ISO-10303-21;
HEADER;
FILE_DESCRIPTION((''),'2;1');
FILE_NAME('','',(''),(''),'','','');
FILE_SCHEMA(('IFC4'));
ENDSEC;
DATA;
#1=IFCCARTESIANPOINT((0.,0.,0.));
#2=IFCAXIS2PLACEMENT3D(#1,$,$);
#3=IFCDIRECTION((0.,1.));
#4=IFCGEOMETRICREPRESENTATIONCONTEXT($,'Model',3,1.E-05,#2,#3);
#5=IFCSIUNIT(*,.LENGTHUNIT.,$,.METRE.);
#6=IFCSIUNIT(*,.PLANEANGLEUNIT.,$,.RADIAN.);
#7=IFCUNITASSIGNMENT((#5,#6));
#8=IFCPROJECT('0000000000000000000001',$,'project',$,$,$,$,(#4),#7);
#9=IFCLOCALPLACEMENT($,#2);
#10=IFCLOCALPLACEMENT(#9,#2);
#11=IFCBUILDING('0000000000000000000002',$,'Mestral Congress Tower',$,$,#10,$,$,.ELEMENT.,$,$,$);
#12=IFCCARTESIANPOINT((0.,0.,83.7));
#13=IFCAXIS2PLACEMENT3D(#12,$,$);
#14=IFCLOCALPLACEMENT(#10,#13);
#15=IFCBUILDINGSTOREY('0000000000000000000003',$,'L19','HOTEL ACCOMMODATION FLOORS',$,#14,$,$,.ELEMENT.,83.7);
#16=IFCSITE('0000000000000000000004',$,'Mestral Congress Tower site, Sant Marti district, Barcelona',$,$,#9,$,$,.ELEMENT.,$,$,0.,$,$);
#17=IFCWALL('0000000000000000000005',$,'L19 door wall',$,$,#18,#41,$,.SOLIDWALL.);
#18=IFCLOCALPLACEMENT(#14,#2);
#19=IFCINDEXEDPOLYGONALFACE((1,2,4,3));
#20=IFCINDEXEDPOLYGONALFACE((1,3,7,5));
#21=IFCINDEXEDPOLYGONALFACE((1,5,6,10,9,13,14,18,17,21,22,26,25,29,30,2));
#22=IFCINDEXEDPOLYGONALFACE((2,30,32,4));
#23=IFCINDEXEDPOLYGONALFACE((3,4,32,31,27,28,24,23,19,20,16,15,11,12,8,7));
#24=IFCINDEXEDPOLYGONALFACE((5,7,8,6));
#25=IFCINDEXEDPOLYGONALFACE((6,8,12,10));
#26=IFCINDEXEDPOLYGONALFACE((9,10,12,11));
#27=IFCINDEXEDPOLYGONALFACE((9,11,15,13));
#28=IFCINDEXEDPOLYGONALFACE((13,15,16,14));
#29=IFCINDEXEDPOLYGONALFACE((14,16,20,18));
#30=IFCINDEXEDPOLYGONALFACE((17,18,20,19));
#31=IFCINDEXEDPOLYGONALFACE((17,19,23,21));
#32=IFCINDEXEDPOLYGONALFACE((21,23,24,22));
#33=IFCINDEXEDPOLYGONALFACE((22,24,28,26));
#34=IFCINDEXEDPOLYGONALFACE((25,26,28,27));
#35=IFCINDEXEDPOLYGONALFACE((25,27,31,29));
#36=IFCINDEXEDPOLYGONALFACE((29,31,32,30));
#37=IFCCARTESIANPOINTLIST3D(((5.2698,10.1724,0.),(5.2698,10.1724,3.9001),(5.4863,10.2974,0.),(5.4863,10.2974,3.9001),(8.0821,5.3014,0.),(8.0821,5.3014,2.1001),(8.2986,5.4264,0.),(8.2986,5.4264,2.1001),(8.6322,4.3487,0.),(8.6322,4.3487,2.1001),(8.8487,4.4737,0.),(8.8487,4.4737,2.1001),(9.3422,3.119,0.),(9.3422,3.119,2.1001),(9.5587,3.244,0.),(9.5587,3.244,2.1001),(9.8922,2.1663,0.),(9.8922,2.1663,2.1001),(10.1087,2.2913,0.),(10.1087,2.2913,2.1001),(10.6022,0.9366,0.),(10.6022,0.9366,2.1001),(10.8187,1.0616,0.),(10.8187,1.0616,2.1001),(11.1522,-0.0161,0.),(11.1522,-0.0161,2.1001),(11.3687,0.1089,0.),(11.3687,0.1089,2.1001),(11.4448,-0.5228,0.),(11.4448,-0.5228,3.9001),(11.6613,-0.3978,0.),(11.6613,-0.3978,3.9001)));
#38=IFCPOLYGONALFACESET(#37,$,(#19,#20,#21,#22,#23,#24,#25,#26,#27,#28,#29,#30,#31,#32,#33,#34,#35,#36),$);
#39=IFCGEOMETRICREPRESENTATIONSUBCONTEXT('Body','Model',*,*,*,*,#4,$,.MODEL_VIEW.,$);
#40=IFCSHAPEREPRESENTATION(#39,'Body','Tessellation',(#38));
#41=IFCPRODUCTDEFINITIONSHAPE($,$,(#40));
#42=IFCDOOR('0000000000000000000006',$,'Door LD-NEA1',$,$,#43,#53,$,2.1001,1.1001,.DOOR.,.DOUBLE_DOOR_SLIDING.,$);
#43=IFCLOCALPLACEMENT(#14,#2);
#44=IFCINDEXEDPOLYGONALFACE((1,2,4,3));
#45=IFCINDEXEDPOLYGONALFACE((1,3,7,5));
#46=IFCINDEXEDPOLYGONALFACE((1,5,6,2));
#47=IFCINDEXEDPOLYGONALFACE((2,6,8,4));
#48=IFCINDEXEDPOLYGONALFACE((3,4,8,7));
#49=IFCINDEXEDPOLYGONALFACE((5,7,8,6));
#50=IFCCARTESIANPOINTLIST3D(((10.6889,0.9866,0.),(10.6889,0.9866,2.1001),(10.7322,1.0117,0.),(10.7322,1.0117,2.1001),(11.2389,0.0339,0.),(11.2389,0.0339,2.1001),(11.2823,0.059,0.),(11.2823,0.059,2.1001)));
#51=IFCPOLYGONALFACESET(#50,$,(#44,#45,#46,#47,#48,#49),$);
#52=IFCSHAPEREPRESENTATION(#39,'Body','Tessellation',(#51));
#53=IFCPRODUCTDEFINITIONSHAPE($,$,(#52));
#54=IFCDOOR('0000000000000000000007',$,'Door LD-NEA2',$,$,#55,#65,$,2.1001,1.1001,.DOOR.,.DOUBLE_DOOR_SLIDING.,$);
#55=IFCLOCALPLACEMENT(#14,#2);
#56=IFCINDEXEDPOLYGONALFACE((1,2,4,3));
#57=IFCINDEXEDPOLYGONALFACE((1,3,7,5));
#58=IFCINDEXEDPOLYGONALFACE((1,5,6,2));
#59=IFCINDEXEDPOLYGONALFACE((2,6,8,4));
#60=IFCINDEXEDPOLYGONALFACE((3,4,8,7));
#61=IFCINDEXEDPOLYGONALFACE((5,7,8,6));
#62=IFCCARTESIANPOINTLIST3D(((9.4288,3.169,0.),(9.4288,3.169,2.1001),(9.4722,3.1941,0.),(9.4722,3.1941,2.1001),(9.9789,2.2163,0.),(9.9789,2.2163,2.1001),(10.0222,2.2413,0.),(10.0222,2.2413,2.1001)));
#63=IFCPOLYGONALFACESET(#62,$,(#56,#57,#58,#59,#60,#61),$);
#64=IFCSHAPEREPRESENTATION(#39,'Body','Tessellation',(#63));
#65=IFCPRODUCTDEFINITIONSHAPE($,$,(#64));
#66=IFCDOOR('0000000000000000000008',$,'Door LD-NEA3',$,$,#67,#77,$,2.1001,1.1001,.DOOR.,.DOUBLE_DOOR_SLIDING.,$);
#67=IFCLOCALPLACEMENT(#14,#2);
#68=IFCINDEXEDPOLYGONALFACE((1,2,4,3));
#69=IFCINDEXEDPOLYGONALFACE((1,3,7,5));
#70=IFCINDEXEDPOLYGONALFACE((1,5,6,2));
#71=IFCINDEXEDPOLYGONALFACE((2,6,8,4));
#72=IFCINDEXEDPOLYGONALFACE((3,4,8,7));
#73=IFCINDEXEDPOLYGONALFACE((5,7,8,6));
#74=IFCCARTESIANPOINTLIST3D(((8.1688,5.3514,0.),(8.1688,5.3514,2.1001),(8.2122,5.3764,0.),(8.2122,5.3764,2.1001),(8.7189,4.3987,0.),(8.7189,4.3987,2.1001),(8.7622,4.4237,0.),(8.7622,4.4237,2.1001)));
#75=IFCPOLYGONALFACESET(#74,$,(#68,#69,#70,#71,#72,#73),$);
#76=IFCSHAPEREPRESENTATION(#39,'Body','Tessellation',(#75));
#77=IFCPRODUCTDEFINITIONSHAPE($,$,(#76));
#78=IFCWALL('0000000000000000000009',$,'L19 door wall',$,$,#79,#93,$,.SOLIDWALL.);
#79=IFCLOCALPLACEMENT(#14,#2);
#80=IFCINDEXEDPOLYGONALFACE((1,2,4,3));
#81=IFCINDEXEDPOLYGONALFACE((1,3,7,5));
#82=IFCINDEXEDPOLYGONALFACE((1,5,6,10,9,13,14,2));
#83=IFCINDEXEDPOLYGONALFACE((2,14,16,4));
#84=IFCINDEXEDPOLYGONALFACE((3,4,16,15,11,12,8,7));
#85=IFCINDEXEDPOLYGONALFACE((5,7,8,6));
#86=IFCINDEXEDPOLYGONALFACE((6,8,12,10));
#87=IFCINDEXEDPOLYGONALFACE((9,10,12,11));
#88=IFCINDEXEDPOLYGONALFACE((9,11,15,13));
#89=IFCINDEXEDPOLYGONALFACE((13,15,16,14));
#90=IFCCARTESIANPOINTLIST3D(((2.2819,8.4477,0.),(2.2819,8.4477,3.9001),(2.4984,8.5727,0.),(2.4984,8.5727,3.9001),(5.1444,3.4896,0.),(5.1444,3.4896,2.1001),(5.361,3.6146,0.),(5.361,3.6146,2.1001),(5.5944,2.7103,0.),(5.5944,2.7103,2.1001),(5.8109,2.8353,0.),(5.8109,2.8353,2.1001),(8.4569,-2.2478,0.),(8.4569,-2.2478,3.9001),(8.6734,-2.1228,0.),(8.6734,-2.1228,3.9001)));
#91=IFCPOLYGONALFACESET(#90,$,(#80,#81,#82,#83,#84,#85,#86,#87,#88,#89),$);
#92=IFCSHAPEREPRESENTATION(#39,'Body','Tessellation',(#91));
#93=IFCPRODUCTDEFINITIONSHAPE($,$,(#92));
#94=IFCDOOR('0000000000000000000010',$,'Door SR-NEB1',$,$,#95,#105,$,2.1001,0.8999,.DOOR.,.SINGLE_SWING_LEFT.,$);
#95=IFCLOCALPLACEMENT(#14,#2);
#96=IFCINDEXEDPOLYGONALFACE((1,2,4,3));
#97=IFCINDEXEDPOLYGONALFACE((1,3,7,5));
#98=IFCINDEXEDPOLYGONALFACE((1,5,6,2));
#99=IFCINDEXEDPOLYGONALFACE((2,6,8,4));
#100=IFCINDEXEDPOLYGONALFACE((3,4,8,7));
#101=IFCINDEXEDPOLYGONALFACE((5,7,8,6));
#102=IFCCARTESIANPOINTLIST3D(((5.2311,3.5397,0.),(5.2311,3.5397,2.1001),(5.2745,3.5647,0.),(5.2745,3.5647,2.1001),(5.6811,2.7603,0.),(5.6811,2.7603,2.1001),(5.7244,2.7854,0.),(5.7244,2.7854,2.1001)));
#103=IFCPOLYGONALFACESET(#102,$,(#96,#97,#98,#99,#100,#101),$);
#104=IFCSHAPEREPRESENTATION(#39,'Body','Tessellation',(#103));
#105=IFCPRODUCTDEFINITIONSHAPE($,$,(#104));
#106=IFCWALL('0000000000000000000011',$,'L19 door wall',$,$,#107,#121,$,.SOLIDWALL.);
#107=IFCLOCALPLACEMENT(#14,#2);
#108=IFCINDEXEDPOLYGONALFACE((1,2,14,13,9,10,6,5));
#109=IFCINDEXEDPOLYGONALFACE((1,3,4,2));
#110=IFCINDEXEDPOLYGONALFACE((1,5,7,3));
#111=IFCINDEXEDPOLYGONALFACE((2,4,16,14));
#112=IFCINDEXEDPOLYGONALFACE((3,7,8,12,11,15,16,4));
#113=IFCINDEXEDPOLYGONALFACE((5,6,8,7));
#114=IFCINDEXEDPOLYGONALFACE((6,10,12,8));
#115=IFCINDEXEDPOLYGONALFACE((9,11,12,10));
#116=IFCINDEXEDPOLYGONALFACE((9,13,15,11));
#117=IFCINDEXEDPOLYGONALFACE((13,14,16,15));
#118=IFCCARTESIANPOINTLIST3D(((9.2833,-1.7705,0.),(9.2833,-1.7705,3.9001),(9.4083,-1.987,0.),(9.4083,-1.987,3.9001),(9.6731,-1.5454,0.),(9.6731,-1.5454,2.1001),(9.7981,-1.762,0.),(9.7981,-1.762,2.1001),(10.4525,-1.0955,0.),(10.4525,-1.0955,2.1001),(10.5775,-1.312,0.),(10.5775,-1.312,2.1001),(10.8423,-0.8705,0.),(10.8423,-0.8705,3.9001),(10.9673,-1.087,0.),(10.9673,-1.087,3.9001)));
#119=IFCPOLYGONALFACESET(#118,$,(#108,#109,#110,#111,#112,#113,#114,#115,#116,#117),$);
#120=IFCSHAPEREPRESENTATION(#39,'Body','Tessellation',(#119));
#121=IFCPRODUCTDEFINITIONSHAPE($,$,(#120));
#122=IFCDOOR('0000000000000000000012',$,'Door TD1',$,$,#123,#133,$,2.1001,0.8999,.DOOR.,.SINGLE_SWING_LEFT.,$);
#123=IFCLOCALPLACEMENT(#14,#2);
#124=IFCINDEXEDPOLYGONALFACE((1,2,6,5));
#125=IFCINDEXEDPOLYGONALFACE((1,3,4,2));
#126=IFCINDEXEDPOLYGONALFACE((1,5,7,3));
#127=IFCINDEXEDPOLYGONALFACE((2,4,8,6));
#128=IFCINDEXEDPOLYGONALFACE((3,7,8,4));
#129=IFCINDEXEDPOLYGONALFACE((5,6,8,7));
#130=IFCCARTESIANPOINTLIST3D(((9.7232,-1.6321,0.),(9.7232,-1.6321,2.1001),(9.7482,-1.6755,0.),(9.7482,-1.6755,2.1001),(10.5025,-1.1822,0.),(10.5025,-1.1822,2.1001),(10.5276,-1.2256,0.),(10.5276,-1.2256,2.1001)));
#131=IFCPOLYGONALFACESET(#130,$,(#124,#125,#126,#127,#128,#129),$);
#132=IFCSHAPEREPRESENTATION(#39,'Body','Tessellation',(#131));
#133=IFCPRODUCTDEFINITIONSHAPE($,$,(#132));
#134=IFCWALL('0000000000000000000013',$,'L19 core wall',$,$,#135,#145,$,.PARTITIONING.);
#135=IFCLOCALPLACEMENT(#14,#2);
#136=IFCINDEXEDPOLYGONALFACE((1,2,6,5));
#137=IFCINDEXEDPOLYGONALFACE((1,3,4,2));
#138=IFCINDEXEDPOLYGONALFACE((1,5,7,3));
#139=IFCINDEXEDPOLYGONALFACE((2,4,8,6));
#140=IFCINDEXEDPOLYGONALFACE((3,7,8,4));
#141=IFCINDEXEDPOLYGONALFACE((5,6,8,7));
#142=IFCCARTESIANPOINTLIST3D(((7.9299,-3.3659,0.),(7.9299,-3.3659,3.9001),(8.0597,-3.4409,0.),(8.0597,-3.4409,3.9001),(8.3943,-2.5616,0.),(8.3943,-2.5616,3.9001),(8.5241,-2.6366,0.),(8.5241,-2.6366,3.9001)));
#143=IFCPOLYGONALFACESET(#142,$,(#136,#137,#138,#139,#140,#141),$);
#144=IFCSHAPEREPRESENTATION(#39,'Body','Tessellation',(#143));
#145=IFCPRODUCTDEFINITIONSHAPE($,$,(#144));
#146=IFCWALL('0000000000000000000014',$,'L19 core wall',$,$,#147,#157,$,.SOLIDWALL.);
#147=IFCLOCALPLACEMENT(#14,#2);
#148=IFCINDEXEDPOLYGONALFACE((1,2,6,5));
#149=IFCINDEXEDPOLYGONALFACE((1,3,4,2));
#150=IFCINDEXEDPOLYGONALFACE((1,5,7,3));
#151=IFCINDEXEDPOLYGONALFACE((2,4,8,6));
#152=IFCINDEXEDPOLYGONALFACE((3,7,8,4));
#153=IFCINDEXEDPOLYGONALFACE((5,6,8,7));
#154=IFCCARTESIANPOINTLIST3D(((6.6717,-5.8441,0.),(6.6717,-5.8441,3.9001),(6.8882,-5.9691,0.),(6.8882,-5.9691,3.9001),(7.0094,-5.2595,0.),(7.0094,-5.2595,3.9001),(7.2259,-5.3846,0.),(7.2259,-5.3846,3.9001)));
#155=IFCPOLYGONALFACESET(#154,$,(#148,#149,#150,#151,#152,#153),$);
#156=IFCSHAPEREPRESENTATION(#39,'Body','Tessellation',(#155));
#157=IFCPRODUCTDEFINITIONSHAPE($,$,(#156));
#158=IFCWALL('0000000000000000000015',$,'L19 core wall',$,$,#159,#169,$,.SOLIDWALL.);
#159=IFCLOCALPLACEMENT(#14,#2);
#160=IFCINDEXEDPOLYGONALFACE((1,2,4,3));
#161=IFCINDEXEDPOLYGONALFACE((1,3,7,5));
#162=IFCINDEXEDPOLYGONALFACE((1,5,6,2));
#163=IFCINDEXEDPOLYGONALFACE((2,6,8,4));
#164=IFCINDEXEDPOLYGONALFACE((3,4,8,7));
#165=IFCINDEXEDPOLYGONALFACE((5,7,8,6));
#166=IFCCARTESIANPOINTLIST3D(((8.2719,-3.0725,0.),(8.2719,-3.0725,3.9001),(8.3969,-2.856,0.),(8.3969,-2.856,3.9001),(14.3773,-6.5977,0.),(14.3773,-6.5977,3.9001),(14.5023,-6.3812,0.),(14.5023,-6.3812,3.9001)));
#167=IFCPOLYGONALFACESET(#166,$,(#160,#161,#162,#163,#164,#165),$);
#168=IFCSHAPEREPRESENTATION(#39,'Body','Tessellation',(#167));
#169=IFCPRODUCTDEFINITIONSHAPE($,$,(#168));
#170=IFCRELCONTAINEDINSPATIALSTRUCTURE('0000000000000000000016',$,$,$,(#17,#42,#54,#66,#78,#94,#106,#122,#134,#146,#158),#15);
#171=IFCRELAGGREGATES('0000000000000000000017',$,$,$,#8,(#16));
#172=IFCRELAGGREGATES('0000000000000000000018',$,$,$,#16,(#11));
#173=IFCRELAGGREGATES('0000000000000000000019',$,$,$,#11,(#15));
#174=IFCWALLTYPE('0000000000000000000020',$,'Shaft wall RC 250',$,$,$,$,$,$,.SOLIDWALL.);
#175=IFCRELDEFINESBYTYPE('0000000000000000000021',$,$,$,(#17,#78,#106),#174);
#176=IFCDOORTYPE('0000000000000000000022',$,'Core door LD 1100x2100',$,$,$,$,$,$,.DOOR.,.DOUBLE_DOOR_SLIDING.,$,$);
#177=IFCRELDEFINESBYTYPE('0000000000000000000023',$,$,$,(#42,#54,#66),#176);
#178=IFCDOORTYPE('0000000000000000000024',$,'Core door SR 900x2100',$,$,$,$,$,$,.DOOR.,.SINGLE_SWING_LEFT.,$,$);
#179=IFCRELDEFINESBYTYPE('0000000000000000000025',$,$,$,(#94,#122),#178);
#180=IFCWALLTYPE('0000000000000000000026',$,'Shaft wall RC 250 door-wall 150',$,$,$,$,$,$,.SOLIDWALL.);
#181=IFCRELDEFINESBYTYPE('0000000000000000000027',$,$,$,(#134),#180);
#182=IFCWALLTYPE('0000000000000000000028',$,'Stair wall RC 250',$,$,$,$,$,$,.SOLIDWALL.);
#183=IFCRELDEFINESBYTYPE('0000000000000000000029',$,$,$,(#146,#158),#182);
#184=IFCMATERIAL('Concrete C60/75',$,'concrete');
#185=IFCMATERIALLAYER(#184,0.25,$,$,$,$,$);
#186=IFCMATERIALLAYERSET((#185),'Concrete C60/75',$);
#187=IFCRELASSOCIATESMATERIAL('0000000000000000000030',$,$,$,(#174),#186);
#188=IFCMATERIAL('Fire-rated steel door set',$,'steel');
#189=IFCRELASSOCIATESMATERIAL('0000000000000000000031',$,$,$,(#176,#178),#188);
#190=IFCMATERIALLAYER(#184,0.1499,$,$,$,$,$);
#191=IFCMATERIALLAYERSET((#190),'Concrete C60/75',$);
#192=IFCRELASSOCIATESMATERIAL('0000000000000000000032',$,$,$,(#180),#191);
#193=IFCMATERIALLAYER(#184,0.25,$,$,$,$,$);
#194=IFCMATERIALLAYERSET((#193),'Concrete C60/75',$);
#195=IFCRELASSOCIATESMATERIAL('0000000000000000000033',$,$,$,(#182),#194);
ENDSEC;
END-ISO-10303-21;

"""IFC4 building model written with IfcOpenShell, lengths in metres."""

from ifc_helpers import new_model, si_unit, direction, frame, frame_2d, origin, place, context, subcontext, project, spatial, rectangle, extrude, material, layer, layer_set, type_object, element, fill, save


model = new_model("IFC4")

# Units and contexts
model_context = context("Model", 3, precision=1e-05, world=origin(), true_north=direction((0.0, 1.0)))
body_context = subcontext(model_context, "Body", "Model", "MODEL_VIEW")
ifc_project = project(units=[si_unit("LENGTHUNIT", "METRE"), si_unit("PLANEANGLEUNIT", "RADIAN")], contexts=[model_context])

# Site, building, storey
site_placement = place(None, origin())
site = spatial("IfcSite", under=ifc_project, at=site_placement, Name="Mestral Congress Tower site, Sant Marti district, Barcelona", CompositionType="ELEMENT", RefElevation=0.0)
building_placement = place(site_placement, origin())
building = spatial("IfcBuilding", under=site, at=building_placement, Name="Mestral Congress Tower", CompositionType="ELEMENT")
storey_placement = place(building_placement, frame((0.0, 0.0, 83.7)))
storey = spatial("IfcBuildingStorey", under=building, at=storey_placement, Name="L19", Description="HOTEL ACCOMMODATION FLOORS", CompositionType="ELEMENT", Elevation=83.7)

# Shared definitions
ifc_material_1 = material(Name="Fire-rated steel door set", Category="steel")

# Shared definitions
ifc_material_2 = material(Name="Concrete C60/75", Category="concrete")
ifc_layer_1 = layer(ifc_material_2, 0.25)
ifc_layer_set_1 = layer_set([ifc_layer_1], Name="Concrete C60/75")
wall_type_1 = type_object("IfcWallType", Name="Shaft wall RC 250", PredefinedType="SOLIDWALL", material=ifc_layer_set_1)

# Wall, openings, doors
wall_1_placement = place(storey_placement, frame((11.553, -0.4602, 0.0), z_axis=(0.0, 0.0, 1.0), x_axis=(-0.500007, 0.866022, 0.0)))
wall_1 = element("IfcWall", 1, at=wall_1_placement, inside=storey, type_object=wall_type_1, Name="L19 door wall", PredefinedType="SOLIDWALL", context=body_context, shape_type="SweptSolid", body=[
    extrude(rectangle(XDim=12.3499, YDim=0.25, at=frame_2d((6.1748, 0.0))), origin(), (0.0, 0.0, 1.0), 3.9001),
])
opening_1_placement = place(wall_1_placement, frame((0.585, 0.0, 0.0)))
opening_1 = element("IfcOpeningElement", 2, at=opening_1_placement, cuts=wall_1, PredefinedType="OPENING", context=body_context, shape_type="SweptSolid", body=[
    extrude(rectangle(XDim=1.1001, YDim=2.1001, at=frame_2d((0.55, 1.05))), frame((0.0, 0.135, 0.0), z_axis=(0.0, -1.0, 0.0), x_axis=(1.0, 0.0, 0.0)), (0.0, 0.0, 1.0), 0.27),
])
opening_2_placement = place(wall_1_placement, frame((3.105, 0.0, 0.0)))
opening_2 = element("IfcOpeningElement", 3, at=opening_2_placement, cuts=wall_1, PredefinedType="OPENING", context=body_context, shape_type="SweptSolid", body=[
    extrude(rectangle(XDim=1.1001, YDim=2.1001, at=frame_2d((0.55, 1.05))), frame((0.0, 0.135, 0.0), z_axis=(0.0, -1.0, 0.0), x_axis=(1.0, 0.0, 0.0)), (0.0, 0.0, 1.0), 0.27),
])
opening_3_placement = place(wall_1_placement, frame((5.625, 0.0, 0.0)))
opening_3 = element("IfcOpeningElement", 4, at=opening_3_placement, cuts=wall_1, PredefinedType="OPENING", context=body_context, shape_type="SweptSolid", body=[
    extrude(rectangle(XDim=1.1001, YDim=2.1001, at=frame_2d((0.55, 1.05))), frame((0.0, 0.135, 0.0), z_axis=(0.0, -1.0, 0.0), x_axis=(1.0, 0.0, 0.0)), (0.0, 0.0, 1.0), 0.27),
])
door_type_1 = type_object("IfcDoorType", Name="Core door LD 1100x2100", OperationType="DOUBLE_DOOR_SLIDING", PredefinedType="DOOR", material=ifc_material_1)
door_1_placement = place(opening_1_placement, origin())
door_1 = element("IfcDoor", 5, at=door_1_placement, inside=storey, type_object=door_type_1, Name="Door LD-NEA1", OperationType="DOUBLE_DOOR_SLIDING", OverallHeight=2.1001, OverallWidth=1.1001, PredefinedType="DOOR", context=body_context, shape_type="SweptSolid", body=[
    extrude(rectangle(XDim=1.1001, YDim=2.1001, at=frame_2d((0.55, 1.05))), frame((0.0, 0.0249, 0.0), z_axis=(0.0, -1.0, 0.0), x_axis=(1.0, 0.0, 0.0)), (0.0, 0.0, 1.0), 0.05),
])
fill(opening_1, door_1)
door_2_placement = place(opening_2_placement, origin())
door_2 = element("IfcDoor", 6, at=door_2_placement, inside=storey, type_object=door_type_1, Name="Door LD-NEA2", OperationType="DOUBLE_DOOR_SLIDING", OverallHeight=2.1001, OverallWidth=1.1001, PredefinedType="DOOR", context=body_context, shape_type="SweptSolid", body=[
    extrude(rectangle(XDim=1.1001, YDim=2.1001, at=frame_2d((0.55, 1.05))), frame((0.0, 0.0249, 0.0), z_axis=(0.0, -1.0, 0.0), x_axis=(1.0, 0.0, 0.0)), (0.0, 0.0, 1.0), 0.05),
])
fill(opening_2, door_2)
door_3_placement = place(opening_3_placement, origin())
door_3 = element("IfcDoor", 7, at=door_3_placement, inside=storey, type_object=door_type_1, Name="Door LD-NEA3", OperationType="DOUBLE_DOOR_SLIDING", OverallHeight=2.1001, OverallWidth=1.1001, PredefinedType="DOOR", context=body_context, shape_type="SweptSolid", body=[
    extrude(rectangle(XDim=1.1001, YDim=2.1001, at=frame_2d((0.55, 1.05))), frame((0.0, 0.0249, 0.0), z_axis=(0.0, -1.0, 0.0), x_axis=(1.0, 0.0, 0.0)), (0.0, 0.0, 1.0), 0.05),
])
fill(opening_3, door_3)

# Walls, openings, doors
wall_2_placement = place(storey_placement, frame((8.5652, -2.1853, 0.0), z_axis=(0.0, 0.0, 1.0), x_axis=(-0.499998, 0.866027, 0.0)))
wall_2 = element("IfcWall", 8, at=wall_2_placement, inside=storey, type_object=wall_type_1, Name="L19 door wall", PredefinedType="SOLIDWALL", context=body_context, shape_type="SweptSolid", body=[
    extrude(rectangle(XDim=12.3501, YDim=0.25, at=frame_2d((6.175, 0.0))), origin(), (0.0, 0.0, 1.0), 3.9001),
])
opening_4_placement = place(wall_2_placement, frame((5.7251, 0.0, 0.0)))
opening_4 = element("IfcOpeningElement", 9, at=opening_4_placement, cuts=wall_2, PredefinedType="OPENING", context=body_context, shape_type="SweptSolid", body=[
    extrude(rectangle(XDim=0.8999, YDim=2.1001, at=frame_2d((0.45, 1.05))), frame((0.0, 0.135, 0.0), z_axis=(0.0, -1.0, 0.0), x_axis=(1.0, 0.0, 0.0)), (0.0, 0.0, 1.0), 0.27),
])
door_type_2 = type_object("IfcDoorType", Name="Core door SR 900x2100", OperationType="SINGLE_SWING_LEFT", PredefinedType="DOOR", material=ifc_material_1)
door_4_placement = place(opening_4_placement, origin())
door_4 = element("IfcDoor", 10, at=door_4_placement, inside=storey, type_object=door_type_2, Name="Door SR-NEB1", OperationType="SINGLE_SWING_LEFT", OverallHeight=2.1001, OverallWidth=0.8999, PredefinedType="DOOR", context=body_context, shape_type="SweptSolid", body=[
    extrude(rectangle(XDim=0.8999, YDim=2.1001, at=frame_2d((0.45, 1.05))), frame((0.0, 0.0249, 0.0), z_axis=(0.0, -1.0, 0.0), x_axis=(1.0, 0.0, 0.0)), (0.0, 0.0, 1.0), 0.05),
])
fill(opening_4, door_4)
wall_3_placement = place(storey_placement, frame((9.3459, -1.8787, 0.0), z_axis=(0.0, 0.0, 1.0), x_axis=(0.866048, 0.499961, 0.0)))
wall_3 = element("IfcWall", 11, at=wall_3_placement, inside=storey, type_object=wall_type_1, Name="L19 door wall", PredefinedType="SOLIDWALL", context=body_context, shape_type="SweptSolid", body=[
    extrude(rectangle(XDim=1.8, YDim=0.25, at=frame_2d((0.8999, 0.0))), origin(), (0.0, 0.0, 1.0), 3.9001),
])
opening_5_placement = place(wall_3_placement, frame((0.45, 0.0, 0.0)))
opening_5 = element("IfcOpeningElement", 12, at=opening_5_placement, cuts=wall_3, PredefinedType="OPENING", context=body_context, shape_type="SweptSolid", body=[
    extrude(rectangle(XDim=0.8999, YDim=2.1001, at=frame_2d((0.45, 1.05))), frame((0.0, 0.135, 0.0), z_axis=(0.0, -1.0, 0.0), x_axis=(1.0, 0.0, 0.0)), (0.0, 0.0, 1.0), 0.27),
])
door_5_placement = place(opening_5_placement, origin())
door_5 = element("IfcDoor", 13, at=door_5_placement, inside=storey, type_object=door_type_2, Name="Door TD1", OperationType="SINGLE_SWING_LEFT", OverallHeight=2.1001, OverallWidth=0.8999, PredefinedType="DOOR", context=body_context, shape_type="SweptSolid", body=[
    extrude(rectangle(XDim=0.8999, YDim=2.1001, at=frame_2d((0.45, 1.05))), frame((0.0, 0.0249, 0.0), z_axis=(0.0, -1.0, 0.0), x_axis=(1.0, 0.0, 0.0)), (0.0, 0.0, 1.0), 0.05),
])
fill(opening_5, door_5)

# Walls
ifc_layer_2 = layer(ifc_material_2, 0.1499)
ifc_layer_set_2 = layer_set([ifc_layer_2], Name="Concrete C60/75")
wall_type_2 = type_object("IfcWallType", Name="Shaft wall RC 250 door-wall 150", PredefinedType="SOLIDWALL", material=ifc_layer_set_2)
wall_4_placement = place(storey_placement, frame((8.4592, -2.5991, 0.0), z_axis=(0.0, 0.0, 1.0), x_axis=(-0.500041, -0.866002, 0.0)))
element("IfcWall", 14, at=wall_4_placement, inside=storey, type_object=wall_type_2, Name="L19 core wall", PredefinedType="PARTITIONING", context=body_context, shape_type="SweptSolid", body=[
    extrude(rectangle(XDim=0.9287, YDim=0.1499, at=frame_2d((0.4644, 0.0))), origin(), (0.0, 0.0, 1.0), 3.9001),
])
ifc_layer_3 = layer(ifc_material_2, 0.25)
ifc_layer_set_3 = layer_set([ifc_layer_3], Name="Concrete C60/75")
wall_type_3 = type_object("IfcWallType", Name="Stair wall RC 250", PredefinedType="SOLIDWALL", material=ifc_layer_set_3)
wall_5_placement = place(storey_placement, frame((6.78, -5.9065, 0.0), z_axis=(0.0, 0.0, 1.0), x_axis=(0.500223, 0.865896, 0.0)))
element("IfcWall", 15, at=wall_5_placement, inside=storey, type_object=wall_type_3, Name="L19 core wall", PredefinedType="SOLIDWALL", context=body_context, shape_type="SweptSolid", body=[
    extrude(rectangle(XDim=0.675, YDim=0.25, at=frame_2d((0.3374, 0.0))), origin(), (0.0, 0.0, 1.0), 3.9001),
])
wall_6_placement = place(storey_placement, frame((8.3345, -2.9644, 0.0), z_axis=(0.0, 0.0, 1.0), x_axis=(0.866016, -0.500016, 0.0)))
element("IfcWall", 16, at=wall_6_placement, inside=storey, type_object=wall_type_3, Name="L19 core wall", PredefinedType="SOLIDWALL", context=body_context, shape_type="SweptSolid", body=[
    extrude(rectangle(XDim=7.05, YDim=0.25, at=frame_2d((3.5249, 0.0))), origin(), (0.0, 0.0, 1.0), 3.9001),
])

save(model, "model.ifc")
